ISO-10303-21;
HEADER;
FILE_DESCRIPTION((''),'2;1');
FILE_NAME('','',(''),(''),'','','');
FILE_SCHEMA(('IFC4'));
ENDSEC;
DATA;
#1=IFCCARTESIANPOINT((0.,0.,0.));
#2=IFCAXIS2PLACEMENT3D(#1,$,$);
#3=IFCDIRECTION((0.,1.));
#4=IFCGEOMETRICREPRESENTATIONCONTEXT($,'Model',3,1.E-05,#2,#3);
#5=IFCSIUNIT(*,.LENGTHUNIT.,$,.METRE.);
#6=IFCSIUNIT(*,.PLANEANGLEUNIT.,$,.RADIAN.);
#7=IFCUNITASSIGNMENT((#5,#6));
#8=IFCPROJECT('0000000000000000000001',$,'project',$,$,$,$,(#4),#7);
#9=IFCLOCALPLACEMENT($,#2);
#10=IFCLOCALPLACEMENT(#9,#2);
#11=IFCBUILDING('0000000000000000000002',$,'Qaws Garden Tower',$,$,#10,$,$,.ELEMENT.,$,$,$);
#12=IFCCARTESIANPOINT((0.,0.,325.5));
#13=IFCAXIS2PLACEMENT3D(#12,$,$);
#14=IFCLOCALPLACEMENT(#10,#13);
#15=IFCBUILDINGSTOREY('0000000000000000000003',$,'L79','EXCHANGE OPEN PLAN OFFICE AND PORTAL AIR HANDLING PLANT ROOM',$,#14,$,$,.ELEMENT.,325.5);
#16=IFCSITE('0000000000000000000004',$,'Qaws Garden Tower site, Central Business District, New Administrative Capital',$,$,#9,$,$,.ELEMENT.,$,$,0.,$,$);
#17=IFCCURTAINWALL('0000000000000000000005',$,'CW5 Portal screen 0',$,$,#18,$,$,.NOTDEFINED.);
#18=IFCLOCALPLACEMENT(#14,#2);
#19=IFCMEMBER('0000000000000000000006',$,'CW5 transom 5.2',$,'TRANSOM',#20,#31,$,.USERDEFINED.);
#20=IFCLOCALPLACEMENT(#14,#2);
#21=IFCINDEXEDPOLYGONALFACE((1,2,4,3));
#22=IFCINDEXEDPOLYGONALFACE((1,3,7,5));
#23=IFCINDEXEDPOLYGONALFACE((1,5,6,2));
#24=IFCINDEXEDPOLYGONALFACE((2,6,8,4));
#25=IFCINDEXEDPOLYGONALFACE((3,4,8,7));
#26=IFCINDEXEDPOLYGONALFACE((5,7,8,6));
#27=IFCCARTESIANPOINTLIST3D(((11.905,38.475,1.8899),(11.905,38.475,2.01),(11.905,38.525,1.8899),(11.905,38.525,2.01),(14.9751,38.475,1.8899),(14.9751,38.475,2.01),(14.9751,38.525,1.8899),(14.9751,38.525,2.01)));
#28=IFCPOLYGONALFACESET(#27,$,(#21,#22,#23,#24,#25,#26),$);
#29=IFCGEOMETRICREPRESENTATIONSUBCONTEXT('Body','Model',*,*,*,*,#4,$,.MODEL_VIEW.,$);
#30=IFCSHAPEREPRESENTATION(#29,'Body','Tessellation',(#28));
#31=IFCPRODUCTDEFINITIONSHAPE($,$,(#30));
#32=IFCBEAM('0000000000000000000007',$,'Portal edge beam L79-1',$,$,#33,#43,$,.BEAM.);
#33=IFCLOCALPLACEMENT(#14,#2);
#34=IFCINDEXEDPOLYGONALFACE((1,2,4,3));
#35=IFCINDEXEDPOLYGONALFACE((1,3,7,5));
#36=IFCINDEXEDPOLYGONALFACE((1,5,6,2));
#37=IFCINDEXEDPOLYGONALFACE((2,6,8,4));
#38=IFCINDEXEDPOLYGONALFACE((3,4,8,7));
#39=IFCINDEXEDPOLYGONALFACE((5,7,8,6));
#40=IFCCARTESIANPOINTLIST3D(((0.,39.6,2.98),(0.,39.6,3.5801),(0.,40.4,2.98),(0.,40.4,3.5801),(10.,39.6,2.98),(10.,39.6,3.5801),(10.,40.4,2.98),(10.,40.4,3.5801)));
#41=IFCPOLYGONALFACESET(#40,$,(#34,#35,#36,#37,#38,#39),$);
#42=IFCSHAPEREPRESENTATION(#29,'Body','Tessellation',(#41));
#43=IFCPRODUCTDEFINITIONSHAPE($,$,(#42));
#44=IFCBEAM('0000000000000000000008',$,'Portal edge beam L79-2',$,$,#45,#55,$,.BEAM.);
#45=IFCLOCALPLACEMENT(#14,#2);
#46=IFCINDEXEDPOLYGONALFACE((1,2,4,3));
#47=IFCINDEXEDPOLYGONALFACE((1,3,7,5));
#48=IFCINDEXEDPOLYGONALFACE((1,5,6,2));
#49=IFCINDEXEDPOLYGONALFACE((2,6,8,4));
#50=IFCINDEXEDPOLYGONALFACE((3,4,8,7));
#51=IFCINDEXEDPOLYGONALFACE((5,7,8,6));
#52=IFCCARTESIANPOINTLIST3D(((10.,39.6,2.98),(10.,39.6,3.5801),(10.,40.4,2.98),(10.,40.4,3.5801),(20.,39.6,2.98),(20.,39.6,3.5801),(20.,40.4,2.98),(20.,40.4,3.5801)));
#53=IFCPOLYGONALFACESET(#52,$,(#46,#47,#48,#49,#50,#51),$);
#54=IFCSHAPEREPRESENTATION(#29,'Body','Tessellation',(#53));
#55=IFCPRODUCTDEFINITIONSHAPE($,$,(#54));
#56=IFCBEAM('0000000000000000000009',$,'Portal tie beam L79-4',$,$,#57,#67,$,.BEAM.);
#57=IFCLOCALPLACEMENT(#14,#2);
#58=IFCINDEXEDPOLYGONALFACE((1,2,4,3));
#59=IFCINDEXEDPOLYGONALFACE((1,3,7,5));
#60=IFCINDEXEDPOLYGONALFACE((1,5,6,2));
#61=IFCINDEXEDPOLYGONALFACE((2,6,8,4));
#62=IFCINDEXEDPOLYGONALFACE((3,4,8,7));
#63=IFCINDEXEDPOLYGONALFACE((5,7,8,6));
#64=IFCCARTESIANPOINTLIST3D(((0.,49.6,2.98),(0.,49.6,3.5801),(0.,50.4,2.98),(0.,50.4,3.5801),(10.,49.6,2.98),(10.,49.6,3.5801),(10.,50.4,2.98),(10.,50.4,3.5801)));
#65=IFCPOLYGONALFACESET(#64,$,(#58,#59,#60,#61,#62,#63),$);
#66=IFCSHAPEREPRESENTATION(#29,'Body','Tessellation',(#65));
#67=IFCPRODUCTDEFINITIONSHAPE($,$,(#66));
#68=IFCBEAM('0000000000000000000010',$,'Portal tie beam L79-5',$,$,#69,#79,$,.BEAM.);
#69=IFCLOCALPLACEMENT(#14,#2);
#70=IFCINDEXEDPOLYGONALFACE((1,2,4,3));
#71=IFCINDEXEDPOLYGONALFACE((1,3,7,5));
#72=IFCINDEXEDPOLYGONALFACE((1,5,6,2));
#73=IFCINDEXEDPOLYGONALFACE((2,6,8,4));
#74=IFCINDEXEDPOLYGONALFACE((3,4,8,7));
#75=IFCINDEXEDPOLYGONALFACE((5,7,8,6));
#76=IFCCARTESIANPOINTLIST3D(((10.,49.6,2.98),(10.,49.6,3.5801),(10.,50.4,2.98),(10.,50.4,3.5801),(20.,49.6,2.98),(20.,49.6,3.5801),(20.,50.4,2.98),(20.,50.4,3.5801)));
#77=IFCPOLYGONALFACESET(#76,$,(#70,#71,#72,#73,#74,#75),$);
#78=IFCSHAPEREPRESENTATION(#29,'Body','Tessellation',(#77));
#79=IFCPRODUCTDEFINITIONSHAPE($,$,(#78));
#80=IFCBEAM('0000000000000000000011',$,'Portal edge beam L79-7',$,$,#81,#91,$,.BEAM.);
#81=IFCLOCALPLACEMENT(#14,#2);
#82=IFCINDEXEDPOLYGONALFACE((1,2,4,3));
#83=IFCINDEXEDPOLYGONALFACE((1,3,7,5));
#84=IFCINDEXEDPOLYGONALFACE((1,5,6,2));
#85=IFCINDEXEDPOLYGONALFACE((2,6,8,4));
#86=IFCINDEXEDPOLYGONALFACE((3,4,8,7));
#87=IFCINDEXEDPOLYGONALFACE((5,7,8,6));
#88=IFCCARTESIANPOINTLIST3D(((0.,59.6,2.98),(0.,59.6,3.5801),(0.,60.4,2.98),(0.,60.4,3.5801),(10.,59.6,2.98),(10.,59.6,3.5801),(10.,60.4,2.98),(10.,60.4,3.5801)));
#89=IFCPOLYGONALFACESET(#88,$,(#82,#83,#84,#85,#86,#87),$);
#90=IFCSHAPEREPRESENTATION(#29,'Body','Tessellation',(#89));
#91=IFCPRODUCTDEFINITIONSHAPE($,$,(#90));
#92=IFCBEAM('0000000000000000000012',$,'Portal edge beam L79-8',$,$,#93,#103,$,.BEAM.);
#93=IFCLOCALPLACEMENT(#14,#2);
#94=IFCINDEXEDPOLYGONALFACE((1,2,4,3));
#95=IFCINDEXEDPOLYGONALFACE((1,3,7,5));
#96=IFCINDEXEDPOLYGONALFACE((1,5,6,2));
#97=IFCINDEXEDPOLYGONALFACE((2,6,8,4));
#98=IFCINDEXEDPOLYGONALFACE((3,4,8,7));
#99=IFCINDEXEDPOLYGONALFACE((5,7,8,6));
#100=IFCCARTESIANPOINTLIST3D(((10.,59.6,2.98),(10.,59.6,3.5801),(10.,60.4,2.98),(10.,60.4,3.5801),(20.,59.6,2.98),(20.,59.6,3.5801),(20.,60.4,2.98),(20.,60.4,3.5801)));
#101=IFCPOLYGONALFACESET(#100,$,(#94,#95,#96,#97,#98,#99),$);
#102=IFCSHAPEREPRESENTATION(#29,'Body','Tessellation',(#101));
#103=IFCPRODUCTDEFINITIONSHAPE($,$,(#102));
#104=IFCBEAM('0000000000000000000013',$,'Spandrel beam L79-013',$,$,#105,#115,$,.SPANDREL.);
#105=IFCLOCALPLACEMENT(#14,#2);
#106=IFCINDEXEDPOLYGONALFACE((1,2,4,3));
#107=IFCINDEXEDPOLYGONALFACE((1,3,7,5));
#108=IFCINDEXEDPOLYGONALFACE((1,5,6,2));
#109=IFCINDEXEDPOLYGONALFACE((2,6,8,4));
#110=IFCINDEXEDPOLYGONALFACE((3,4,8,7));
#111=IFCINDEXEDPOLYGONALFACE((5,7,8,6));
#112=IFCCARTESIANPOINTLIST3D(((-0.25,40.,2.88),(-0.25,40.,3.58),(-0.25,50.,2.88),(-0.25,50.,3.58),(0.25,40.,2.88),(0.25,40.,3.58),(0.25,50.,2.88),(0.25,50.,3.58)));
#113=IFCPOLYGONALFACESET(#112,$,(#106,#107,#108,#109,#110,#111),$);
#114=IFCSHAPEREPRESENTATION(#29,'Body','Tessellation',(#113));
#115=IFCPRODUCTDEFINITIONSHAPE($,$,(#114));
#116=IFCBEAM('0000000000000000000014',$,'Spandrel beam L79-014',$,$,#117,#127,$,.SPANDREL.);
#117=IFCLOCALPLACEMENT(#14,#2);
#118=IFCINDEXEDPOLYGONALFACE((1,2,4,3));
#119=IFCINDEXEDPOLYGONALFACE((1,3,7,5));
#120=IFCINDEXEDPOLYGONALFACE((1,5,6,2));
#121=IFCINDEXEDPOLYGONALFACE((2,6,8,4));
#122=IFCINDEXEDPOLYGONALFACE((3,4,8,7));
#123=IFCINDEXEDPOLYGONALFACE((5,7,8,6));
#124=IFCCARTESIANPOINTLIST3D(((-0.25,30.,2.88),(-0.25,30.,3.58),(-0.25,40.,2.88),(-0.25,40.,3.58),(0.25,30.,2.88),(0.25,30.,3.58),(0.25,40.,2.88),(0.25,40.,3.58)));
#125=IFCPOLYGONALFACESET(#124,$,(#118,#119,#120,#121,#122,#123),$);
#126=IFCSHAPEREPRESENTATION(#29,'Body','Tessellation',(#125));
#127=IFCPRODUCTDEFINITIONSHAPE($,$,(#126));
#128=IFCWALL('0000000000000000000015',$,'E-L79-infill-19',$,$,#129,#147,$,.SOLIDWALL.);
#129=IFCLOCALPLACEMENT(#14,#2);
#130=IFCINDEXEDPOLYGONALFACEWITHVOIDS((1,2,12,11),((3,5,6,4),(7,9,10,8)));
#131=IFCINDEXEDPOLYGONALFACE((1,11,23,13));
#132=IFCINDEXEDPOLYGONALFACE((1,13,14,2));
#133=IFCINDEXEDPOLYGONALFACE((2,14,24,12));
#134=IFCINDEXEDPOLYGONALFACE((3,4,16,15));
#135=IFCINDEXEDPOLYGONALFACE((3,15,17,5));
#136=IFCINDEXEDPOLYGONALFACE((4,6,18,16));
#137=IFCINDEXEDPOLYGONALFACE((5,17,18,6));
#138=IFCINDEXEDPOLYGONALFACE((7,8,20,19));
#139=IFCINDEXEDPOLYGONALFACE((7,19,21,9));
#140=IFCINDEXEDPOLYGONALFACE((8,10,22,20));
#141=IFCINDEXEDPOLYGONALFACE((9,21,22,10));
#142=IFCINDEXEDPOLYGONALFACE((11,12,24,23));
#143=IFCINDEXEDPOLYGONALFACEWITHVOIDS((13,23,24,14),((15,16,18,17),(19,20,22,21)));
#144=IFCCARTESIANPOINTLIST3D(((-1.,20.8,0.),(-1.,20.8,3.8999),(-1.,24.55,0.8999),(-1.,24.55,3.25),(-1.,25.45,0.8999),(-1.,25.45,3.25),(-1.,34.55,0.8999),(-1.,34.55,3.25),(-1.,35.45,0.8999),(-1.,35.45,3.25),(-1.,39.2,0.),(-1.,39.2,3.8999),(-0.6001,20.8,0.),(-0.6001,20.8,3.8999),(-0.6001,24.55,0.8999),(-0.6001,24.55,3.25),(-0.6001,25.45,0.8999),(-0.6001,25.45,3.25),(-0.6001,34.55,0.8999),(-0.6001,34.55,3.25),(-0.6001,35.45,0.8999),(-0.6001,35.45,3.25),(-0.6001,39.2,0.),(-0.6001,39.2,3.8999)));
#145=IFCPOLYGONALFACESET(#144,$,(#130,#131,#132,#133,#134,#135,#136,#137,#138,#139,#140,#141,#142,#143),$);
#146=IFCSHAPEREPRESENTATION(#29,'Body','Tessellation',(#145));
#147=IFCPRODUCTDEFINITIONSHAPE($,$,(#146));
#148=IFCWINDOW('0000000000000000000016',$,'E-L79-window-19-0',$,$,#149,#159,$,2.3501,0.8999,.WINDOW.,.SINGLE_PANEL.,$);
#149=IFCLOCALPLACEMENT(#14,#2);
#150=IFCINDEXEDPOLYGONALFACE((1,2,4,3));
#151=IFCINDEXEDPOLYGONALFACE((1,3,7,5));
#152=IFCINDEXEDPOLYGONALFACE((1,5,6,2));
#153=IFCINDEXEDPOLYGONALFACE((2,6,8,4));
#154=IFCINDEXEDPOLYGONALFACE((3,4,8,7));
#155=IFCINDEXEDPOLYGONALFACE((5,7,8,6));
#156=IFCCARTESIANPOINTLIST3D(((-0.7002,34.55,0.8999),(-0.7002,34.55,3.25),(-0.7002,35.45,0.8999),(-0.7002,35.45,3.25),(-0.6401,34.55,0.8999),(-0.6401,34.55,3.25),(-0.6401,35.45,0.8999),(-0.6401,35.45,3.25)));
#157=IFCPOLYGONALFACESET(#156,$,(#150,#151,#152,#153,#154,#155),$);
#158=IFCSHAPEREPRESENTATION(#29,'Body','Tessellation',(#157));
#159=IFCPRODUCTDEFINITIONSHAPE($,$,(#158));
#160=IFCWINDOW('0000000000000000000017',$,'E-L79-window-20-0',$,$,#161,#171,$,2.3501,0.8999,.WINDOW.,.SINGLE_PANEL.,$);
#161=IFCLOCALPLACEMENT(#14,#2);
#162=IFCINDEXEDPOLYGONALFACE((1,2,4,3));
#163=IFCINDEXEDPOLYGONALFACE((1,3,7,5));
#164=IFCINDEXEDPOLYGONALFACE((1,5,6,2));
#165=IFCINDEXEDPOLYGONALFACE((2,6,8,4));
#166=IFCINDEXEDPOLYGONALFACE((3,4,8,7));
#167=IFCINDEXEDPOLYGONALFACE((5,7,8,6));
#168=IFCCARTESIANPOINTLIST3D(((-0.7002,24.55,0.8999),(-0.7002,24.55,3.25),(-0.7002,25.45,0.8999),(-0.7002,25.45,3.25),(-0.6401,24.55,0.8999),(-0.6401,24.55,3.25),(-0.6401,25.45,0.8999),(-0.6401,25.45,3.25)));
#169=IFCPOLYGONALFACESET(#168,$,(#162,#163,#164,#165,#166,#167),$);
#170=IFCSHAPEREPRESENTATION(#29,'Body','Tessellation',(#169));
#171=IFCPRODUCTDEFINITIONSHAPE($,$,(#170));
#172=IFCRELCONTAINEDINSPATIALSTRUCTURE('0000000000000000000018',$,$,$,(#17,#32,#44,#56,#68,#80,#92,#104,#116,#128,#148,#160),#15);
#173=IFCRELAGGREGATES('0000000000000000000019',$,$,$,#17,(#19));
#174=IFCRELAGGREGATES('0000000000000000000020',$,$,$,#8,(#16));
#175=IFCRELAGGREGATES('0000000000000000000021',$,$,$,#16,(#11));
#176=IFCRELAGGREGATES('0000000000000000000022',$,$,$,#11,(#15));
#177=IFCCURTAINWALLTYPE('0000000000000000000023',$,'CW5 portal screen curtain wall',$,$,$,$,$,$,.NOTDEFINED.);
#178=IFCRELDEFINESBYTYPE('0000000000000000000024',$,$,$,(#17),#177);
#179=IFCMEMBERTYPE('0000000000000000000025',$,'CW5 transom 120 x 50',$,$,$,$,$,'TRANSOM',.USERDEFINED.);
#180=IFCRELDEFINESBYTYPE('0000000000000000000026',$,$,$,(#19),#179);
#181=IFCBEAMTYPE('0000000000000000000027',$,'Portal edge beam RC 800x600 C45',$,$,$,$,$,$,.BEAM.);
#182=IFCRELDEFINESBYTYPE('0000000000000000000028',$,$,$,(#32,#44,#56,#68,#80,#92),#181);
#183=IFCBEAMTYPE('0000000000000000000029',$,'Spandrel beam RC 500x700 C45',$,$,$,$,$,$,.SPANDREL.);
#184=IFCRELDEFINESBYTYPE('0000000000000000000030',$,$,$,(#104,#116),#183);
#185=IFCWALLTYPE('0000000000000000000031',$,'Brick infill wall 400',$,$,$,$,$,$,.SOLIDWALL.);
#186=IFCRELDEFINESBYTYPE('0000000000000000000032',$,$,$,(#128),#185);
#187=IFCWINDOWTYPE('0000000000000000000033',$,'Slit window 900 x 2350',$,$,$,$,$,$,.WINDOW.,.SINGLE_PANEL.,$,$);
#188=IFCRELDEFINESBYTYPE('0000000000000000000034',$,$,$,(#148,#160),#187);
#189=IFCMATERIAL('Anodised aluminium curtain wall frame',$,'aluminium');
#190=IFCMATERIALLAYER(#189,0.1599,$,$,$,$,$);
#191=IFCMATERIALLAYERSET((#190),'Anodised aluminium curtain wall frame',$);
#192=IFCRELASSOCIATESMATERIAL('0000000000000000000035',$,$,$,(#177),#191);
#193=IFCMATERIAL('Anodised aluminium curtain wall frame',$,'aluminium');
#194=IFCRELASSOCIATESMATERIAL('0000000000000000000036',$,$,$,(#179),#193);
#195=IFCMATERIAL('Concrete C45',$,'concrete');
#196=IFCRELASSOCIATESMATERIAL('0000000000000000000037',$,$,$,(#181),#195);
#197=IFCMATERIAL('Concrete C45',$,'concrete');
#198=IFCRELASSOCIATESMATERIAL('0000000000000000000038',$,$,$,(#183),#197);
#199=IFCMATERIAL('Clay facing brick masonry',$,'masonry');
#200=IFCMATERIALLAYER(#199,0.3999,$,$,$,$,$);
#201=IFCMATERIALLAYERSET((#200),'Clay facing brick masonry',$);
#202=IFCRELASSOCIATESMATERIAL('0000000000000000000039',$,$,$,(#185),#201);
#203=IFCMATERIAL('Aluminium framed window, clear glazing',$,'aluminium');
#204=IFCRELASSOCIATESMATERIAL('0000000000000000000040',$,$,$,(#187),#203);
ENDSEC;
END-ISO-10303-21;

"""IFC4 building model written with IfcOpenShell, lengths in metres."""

from ifc_helpers import new_model, si_unit, direction, frame, frame_2d, origin, origin_2d, place, context, subcontext, project, spatial, rectangle, extrude, material, layer, layer_set, material_profile, profile_set, type_object, element, fill, aggregate, save


model = new_model("IFC4")

# Units and contexts
model_context = context("Model", 3, precision=1e-05, world=origin(), true_north=direction((0.0, 1.0)))
body_context = subcontext(model_context, "Body", "Model", "MODEL_VIEW")
ifc_project = project(units=[si_unit("LENGTHUNIT", "METRE"), si_unit("PLANEANGLEUNIT", "RADIAN")], contexts=[model_context])

# Site, building, storey
site_placement = place(None, origin())
site = spatial("IfcSite", under=ifc_project, at=site_placement, Name="Qaws Garden Tower site, Central Business District, New Administrative Capital", CompositionType="ELEMENT", RefElevation=0.0)
building_placement = place(site_placement, origin())
building = spatial("IfcBuilding", under=site, at=building_placement, Name="Qaws Garden Tower", CompositionType="ELEMENT")
storey_placement = place(building_placement, frame((0.0, 0.0, 325.5)))
storey = spatial("IfcBuildingStorey", under=building, at=storey_placement, Name="L79", Description="EXCHANGE OPEN PLAN OFFICE AND PORTAL AIR HANDLING PLANT ROOM", CompositionType="ELEMENT", Elevation=325.5)

# Shared definitions
ifc_material_1 = material(Name="Anodised aluminium curtain wall frame", Category="aluminium")
ifc_layer_1 = layer(ifc_material_1, 0.1599)
ifc_layer_set_1 = layer_set([ifc_layer_1], Name="Anodised aluminium curtain wall frame")
curtain_wall_type = type_object("IfcCurtainWallType", Name="CW5 portal screen curtain wall", PredefinedType="NOTDEFINED", material=ifc_layer_set_1)
placement = place(storey_placement, origin())

# Curtain wall, member
curtain_wall_1 = element("IfcCurtainWall", 1, at=placement, inside=storey, type_object=curtain_wall_type, Name="CW5 Portal screen 0", PredefinedType="NOTDEFINED")
ifc_material_2 = material(Name="Anodised aluminium curtain wall frame", Category="aluminium")
ifc_material_profile_1 = material_profile(ifc_material_2, rectangle(XDim=0.05, YDim=0.1201, at=origin_2d()), Name="AL 50x120")
ifc_profile_set_1 = profile_set([ifc_material_profile_1], Name="Anodised aluminium curtain wall frame")
member_type_1 = type_object("IfcMemberType", Name="CW5 transom 120 x 50", ElementType="TRANSOM", PredefinedType="USERDEFINED", material=ifc_profile_set_1)
member_1_placement = place(storey_placement, frame((11.905, 38.5, 1.95), z_axis=(1.0, 0.0, 0.0), x_axis=(0.0, 1.0, 0.0)))
member_1 = element("IfcMember", 2, at=member_1_placement, type_object=member_type_1, Name="CW5 transom 5.2", ObjectType="TRANSOM", PredefinedType="USERDEFINED", context=body_context, shape_type="SweptSolid", body=[
    extrude(rectangle(XDim=0.05, YDim=0.1201, at=origin_2d()), origin(), (0.0, 0.0, 1.0), 3.0701),
])
aggregate(curtain_wall_1, [member_1])

# Beams
ifc_material_3 = material(Name="Concrete C45", Category="concrete")
ifc_material_profile_2 = material_profile(ifc_material_3, rectangle(XDim=0.8, YDim=0.6001, at=origin_2d()), Name="RC 800x600")
ifc_profile_set_2 = profile_set([ifc_material_profile_2], Name="Concrete C45")
beam_type_1 = type_object("IfcBeamType", Name="Portal edge beam RC 800x600 C45", PredefinedType="BEAM", material=ifc_profile_set_2)
for number, where, z_axis, x_axis, name in (
    (3, (0.0, 40.0, 3.28), (1.0, 0.0, 0.0), (0.0, 1.0, 0.0), "Portal edge beam L79-1"),
    (4, (10.0, 40.0, 3.28), (1.0, 0.0, 0.0), (0.0, 1.0, 0.0), "Portal edge beam L79-2"),
    (5, (0.0, 50.0, 3.28), (1.0, 0.0, 0.0), (0.0, 1.0, 0.0), "Portal tie beam L79-4"),
    (6, (10.0, 50.0, 3.28), (1.0, 0.0, 0.0), (0.0, 1.0, 0.0), "Portal tie beam L79-5"),
    (7, (0.0, 60.0, 3.28), (1.0, 0.0, 0.0), (0.0, 1.0, 0.0), "Portal edge beam L79-7"),
    (8, (10.0, 60.0, 3.28), (1.0, 0.0, 0.0), (0.0, 1.0, 0.0), "Portal edge beam L79-8"),
):
    element("IfcBeam", number, at=place(storey_placement, frame(where, z_axis=z_axis, x_axis=x_axis)), inside=storey, type_object=beam_type_1, Name=name, PredefinedType="BEAM", context=body_context, shape_type="SweptSolid", body=[
        extrude(rectangle(XDim=0.8, YDim=0.6001, at=origin_2d()), origin(), (0.0, 0.0, 1.0), 10.0),
    ])
ifc_material_4 = material(Name="Concrete C45", Category="concrete")
ifc_material_profile_3 = material_profile(ifc_material_4, rectangle(XDim=0.5, YDim=0.7, at=origin_2d()), Name="RC 500x700")
ifc_profile_set_3 = profile_set([ifc_material_profile_3], Name="Concrete C45")
beam_type_2 = type_object("IfcBeamType", Name="Spandrel beam RC 500x700 C45", PredefinedType="SPANDREL", material=ifc_profile_set_3)
for number, where, z_axis, x_axis, name in (
    (9, (0.0, 50.0, 3.23), (0.0, -1.0, 0.0), (1.0, 0.0, 0.0), "Spandrel beam L79-013"),
    (10, (0.0, 40.0, 3.23), (0.0, -1.0, 0.0), (1.0, 0.0, 0.0), "Spandrel beam L79-014"),
):
    element("IfcBeam", number, at=place(storey_placement, frame(where, z_axis=z_axis, x_axis=x_axis)), inside=storey, type_object=beam_type_2, Name=name, PredefinedType="SPANDREL", context=body_context, shape_type="SweptSolid", body=[
        extrude(rectangle(XDim=0.5, YDim=0.7, at=origin_2d()), origin(), (0.0, 0.0, 1.0), 10.0),
    ])

# Wall, openings, windows
ifc_material_5 = material(Name="Clay facing brick masonry", Category="masonry")
ifc_layer_2 = layer(ifc_material_5, 0.3999)
ifc_layer_set_2 = layer_set([ifc_layer_2], Name="Clay facing brick masonry")
wall_type_1 = type_object("IfcWallType", Name="Brick infill wall 400", PredefinedType="SOLIDWALL", material=ifc_layer_set_2)
wall_1_placement = place(storey_placement, frame((-0.8, 39.2, 0.0), z_axis=(0.0, 0.0, 1.0), x_axis=(0.0, -1.0, 0.0)))
wall_1 = element("IfcWall", 11, at=wall_1_placement, inside=storey, type_object=wall_type_1, Name="E-L79-infill-19", PredefinedType="SOLIDWALL", context=body_context, shape_type="SweptSolid", body=[
    extrude(rectangle(XDim=18.3999, YDim=0.3999, at=frame_2d((9.2, 0.0))), origin(), (0.0, 0.0, 1.0), 3.8999),
])
opening_1_placement = place(wall_1_placement, frame((3.75, 0.0, 0.8999)))
opening_1 = element("IfcOpeningElement", 12, at=opening_1_placement, cuts=wall_1, PredefinedType="OPENING", context=body_context, shape_type="SweptSolid", body=[
    extrude(rectangle(XDim=0.8999, YDim=2.3501, at=frame_2d((0.45, 1.175))), frame((0.0, 0.21, 0.0), z_axis=(0.0, -1.0, 0.0), x_axis=(1.0, 0.0, 0.0)), (0.0, 0.0, 1.0), 0.4199),
])
opening_2_placement = place(wall_1_placement, frame((13.75, 0.0, 0.8999)))
opening_2 = element("IfcOpeningElement", 13, at=opening_2_placement, cuts=wall_1, PredefinedType="OPENING", context=body_context, shape_type="SweptSolid", body=[
    extrude(rectangle(XDim=0.8999, YDim=2.3501, at=frame_2d((0.45, 1.175))), frame((0.0, 0.21, 0.0), z_axis=(0.0, -1.0, 0.0), x_axis=(1.0, 0.0, 0.0)), (0.0, 0.0, 1.0), 0.4199),
])
ifc_material_6 = material(Name="Aluminium framed window, clear glazing", Category="aluminium")
window_type = type_object("IfcWindowType", Name="Slit window 900 x 2350", PartitioningType="SINGLE_PANEL", PredefinedType="WINDOW", material=ifc_material_6)
window_1_placement = place(opening_1_placement, origin())
window_1 = element("IfcWindow", 14, at=window_1_placement, inside=storey, type_object=window_type, Name="E-L79-window-19-0", OverallHeight=2.3501, OverallWidth=0.8999, PartitioningType="SINGLE_PANEL", PredefinedType="WINDOW", context=body_context, shape_type="SweptSolid", body=[
    extrude(rectangle(XDim=0.8999, YDim=2.3501, at=frame_2d((0.45, 1.175))), frame((0.0, 0.1599, 0.0), z_axis=(0.0, -1.0, 0.0), x_axis=(1.0, 0.0, 0.0)), (0.0, 0.0, 1.0), 0.0601),
])
fill(opening_1, window_1)
window_2_placement = place(opening_2_placement, origin())
window_2 = element("IfcWindow", 15, at=window_2_placement, inside=storey, type_object=window_type, Name="E-L79-window-20-0", OverallHeight=2.3501, OverallWidth=0.8999, PartitioningType="SINGLE_PANEL", PredefinedType="WINDOW", context=body_context, shape_type="SweptSolid", body=[
    extrude(rectangle(XDim=0.8999, YDim=2.3501, at=frame_2d((0.45, 1.175))), frame((0.0, 0.1599, 0.0), z_axis=(0.0, -1.0, 0.0), x_axis=(1.0, 0.0, 0.0)), (0.0, 0.0, 1.0), 0.0601),
])
fill(opening_2, window_2)

save(model, "model.ifc")
